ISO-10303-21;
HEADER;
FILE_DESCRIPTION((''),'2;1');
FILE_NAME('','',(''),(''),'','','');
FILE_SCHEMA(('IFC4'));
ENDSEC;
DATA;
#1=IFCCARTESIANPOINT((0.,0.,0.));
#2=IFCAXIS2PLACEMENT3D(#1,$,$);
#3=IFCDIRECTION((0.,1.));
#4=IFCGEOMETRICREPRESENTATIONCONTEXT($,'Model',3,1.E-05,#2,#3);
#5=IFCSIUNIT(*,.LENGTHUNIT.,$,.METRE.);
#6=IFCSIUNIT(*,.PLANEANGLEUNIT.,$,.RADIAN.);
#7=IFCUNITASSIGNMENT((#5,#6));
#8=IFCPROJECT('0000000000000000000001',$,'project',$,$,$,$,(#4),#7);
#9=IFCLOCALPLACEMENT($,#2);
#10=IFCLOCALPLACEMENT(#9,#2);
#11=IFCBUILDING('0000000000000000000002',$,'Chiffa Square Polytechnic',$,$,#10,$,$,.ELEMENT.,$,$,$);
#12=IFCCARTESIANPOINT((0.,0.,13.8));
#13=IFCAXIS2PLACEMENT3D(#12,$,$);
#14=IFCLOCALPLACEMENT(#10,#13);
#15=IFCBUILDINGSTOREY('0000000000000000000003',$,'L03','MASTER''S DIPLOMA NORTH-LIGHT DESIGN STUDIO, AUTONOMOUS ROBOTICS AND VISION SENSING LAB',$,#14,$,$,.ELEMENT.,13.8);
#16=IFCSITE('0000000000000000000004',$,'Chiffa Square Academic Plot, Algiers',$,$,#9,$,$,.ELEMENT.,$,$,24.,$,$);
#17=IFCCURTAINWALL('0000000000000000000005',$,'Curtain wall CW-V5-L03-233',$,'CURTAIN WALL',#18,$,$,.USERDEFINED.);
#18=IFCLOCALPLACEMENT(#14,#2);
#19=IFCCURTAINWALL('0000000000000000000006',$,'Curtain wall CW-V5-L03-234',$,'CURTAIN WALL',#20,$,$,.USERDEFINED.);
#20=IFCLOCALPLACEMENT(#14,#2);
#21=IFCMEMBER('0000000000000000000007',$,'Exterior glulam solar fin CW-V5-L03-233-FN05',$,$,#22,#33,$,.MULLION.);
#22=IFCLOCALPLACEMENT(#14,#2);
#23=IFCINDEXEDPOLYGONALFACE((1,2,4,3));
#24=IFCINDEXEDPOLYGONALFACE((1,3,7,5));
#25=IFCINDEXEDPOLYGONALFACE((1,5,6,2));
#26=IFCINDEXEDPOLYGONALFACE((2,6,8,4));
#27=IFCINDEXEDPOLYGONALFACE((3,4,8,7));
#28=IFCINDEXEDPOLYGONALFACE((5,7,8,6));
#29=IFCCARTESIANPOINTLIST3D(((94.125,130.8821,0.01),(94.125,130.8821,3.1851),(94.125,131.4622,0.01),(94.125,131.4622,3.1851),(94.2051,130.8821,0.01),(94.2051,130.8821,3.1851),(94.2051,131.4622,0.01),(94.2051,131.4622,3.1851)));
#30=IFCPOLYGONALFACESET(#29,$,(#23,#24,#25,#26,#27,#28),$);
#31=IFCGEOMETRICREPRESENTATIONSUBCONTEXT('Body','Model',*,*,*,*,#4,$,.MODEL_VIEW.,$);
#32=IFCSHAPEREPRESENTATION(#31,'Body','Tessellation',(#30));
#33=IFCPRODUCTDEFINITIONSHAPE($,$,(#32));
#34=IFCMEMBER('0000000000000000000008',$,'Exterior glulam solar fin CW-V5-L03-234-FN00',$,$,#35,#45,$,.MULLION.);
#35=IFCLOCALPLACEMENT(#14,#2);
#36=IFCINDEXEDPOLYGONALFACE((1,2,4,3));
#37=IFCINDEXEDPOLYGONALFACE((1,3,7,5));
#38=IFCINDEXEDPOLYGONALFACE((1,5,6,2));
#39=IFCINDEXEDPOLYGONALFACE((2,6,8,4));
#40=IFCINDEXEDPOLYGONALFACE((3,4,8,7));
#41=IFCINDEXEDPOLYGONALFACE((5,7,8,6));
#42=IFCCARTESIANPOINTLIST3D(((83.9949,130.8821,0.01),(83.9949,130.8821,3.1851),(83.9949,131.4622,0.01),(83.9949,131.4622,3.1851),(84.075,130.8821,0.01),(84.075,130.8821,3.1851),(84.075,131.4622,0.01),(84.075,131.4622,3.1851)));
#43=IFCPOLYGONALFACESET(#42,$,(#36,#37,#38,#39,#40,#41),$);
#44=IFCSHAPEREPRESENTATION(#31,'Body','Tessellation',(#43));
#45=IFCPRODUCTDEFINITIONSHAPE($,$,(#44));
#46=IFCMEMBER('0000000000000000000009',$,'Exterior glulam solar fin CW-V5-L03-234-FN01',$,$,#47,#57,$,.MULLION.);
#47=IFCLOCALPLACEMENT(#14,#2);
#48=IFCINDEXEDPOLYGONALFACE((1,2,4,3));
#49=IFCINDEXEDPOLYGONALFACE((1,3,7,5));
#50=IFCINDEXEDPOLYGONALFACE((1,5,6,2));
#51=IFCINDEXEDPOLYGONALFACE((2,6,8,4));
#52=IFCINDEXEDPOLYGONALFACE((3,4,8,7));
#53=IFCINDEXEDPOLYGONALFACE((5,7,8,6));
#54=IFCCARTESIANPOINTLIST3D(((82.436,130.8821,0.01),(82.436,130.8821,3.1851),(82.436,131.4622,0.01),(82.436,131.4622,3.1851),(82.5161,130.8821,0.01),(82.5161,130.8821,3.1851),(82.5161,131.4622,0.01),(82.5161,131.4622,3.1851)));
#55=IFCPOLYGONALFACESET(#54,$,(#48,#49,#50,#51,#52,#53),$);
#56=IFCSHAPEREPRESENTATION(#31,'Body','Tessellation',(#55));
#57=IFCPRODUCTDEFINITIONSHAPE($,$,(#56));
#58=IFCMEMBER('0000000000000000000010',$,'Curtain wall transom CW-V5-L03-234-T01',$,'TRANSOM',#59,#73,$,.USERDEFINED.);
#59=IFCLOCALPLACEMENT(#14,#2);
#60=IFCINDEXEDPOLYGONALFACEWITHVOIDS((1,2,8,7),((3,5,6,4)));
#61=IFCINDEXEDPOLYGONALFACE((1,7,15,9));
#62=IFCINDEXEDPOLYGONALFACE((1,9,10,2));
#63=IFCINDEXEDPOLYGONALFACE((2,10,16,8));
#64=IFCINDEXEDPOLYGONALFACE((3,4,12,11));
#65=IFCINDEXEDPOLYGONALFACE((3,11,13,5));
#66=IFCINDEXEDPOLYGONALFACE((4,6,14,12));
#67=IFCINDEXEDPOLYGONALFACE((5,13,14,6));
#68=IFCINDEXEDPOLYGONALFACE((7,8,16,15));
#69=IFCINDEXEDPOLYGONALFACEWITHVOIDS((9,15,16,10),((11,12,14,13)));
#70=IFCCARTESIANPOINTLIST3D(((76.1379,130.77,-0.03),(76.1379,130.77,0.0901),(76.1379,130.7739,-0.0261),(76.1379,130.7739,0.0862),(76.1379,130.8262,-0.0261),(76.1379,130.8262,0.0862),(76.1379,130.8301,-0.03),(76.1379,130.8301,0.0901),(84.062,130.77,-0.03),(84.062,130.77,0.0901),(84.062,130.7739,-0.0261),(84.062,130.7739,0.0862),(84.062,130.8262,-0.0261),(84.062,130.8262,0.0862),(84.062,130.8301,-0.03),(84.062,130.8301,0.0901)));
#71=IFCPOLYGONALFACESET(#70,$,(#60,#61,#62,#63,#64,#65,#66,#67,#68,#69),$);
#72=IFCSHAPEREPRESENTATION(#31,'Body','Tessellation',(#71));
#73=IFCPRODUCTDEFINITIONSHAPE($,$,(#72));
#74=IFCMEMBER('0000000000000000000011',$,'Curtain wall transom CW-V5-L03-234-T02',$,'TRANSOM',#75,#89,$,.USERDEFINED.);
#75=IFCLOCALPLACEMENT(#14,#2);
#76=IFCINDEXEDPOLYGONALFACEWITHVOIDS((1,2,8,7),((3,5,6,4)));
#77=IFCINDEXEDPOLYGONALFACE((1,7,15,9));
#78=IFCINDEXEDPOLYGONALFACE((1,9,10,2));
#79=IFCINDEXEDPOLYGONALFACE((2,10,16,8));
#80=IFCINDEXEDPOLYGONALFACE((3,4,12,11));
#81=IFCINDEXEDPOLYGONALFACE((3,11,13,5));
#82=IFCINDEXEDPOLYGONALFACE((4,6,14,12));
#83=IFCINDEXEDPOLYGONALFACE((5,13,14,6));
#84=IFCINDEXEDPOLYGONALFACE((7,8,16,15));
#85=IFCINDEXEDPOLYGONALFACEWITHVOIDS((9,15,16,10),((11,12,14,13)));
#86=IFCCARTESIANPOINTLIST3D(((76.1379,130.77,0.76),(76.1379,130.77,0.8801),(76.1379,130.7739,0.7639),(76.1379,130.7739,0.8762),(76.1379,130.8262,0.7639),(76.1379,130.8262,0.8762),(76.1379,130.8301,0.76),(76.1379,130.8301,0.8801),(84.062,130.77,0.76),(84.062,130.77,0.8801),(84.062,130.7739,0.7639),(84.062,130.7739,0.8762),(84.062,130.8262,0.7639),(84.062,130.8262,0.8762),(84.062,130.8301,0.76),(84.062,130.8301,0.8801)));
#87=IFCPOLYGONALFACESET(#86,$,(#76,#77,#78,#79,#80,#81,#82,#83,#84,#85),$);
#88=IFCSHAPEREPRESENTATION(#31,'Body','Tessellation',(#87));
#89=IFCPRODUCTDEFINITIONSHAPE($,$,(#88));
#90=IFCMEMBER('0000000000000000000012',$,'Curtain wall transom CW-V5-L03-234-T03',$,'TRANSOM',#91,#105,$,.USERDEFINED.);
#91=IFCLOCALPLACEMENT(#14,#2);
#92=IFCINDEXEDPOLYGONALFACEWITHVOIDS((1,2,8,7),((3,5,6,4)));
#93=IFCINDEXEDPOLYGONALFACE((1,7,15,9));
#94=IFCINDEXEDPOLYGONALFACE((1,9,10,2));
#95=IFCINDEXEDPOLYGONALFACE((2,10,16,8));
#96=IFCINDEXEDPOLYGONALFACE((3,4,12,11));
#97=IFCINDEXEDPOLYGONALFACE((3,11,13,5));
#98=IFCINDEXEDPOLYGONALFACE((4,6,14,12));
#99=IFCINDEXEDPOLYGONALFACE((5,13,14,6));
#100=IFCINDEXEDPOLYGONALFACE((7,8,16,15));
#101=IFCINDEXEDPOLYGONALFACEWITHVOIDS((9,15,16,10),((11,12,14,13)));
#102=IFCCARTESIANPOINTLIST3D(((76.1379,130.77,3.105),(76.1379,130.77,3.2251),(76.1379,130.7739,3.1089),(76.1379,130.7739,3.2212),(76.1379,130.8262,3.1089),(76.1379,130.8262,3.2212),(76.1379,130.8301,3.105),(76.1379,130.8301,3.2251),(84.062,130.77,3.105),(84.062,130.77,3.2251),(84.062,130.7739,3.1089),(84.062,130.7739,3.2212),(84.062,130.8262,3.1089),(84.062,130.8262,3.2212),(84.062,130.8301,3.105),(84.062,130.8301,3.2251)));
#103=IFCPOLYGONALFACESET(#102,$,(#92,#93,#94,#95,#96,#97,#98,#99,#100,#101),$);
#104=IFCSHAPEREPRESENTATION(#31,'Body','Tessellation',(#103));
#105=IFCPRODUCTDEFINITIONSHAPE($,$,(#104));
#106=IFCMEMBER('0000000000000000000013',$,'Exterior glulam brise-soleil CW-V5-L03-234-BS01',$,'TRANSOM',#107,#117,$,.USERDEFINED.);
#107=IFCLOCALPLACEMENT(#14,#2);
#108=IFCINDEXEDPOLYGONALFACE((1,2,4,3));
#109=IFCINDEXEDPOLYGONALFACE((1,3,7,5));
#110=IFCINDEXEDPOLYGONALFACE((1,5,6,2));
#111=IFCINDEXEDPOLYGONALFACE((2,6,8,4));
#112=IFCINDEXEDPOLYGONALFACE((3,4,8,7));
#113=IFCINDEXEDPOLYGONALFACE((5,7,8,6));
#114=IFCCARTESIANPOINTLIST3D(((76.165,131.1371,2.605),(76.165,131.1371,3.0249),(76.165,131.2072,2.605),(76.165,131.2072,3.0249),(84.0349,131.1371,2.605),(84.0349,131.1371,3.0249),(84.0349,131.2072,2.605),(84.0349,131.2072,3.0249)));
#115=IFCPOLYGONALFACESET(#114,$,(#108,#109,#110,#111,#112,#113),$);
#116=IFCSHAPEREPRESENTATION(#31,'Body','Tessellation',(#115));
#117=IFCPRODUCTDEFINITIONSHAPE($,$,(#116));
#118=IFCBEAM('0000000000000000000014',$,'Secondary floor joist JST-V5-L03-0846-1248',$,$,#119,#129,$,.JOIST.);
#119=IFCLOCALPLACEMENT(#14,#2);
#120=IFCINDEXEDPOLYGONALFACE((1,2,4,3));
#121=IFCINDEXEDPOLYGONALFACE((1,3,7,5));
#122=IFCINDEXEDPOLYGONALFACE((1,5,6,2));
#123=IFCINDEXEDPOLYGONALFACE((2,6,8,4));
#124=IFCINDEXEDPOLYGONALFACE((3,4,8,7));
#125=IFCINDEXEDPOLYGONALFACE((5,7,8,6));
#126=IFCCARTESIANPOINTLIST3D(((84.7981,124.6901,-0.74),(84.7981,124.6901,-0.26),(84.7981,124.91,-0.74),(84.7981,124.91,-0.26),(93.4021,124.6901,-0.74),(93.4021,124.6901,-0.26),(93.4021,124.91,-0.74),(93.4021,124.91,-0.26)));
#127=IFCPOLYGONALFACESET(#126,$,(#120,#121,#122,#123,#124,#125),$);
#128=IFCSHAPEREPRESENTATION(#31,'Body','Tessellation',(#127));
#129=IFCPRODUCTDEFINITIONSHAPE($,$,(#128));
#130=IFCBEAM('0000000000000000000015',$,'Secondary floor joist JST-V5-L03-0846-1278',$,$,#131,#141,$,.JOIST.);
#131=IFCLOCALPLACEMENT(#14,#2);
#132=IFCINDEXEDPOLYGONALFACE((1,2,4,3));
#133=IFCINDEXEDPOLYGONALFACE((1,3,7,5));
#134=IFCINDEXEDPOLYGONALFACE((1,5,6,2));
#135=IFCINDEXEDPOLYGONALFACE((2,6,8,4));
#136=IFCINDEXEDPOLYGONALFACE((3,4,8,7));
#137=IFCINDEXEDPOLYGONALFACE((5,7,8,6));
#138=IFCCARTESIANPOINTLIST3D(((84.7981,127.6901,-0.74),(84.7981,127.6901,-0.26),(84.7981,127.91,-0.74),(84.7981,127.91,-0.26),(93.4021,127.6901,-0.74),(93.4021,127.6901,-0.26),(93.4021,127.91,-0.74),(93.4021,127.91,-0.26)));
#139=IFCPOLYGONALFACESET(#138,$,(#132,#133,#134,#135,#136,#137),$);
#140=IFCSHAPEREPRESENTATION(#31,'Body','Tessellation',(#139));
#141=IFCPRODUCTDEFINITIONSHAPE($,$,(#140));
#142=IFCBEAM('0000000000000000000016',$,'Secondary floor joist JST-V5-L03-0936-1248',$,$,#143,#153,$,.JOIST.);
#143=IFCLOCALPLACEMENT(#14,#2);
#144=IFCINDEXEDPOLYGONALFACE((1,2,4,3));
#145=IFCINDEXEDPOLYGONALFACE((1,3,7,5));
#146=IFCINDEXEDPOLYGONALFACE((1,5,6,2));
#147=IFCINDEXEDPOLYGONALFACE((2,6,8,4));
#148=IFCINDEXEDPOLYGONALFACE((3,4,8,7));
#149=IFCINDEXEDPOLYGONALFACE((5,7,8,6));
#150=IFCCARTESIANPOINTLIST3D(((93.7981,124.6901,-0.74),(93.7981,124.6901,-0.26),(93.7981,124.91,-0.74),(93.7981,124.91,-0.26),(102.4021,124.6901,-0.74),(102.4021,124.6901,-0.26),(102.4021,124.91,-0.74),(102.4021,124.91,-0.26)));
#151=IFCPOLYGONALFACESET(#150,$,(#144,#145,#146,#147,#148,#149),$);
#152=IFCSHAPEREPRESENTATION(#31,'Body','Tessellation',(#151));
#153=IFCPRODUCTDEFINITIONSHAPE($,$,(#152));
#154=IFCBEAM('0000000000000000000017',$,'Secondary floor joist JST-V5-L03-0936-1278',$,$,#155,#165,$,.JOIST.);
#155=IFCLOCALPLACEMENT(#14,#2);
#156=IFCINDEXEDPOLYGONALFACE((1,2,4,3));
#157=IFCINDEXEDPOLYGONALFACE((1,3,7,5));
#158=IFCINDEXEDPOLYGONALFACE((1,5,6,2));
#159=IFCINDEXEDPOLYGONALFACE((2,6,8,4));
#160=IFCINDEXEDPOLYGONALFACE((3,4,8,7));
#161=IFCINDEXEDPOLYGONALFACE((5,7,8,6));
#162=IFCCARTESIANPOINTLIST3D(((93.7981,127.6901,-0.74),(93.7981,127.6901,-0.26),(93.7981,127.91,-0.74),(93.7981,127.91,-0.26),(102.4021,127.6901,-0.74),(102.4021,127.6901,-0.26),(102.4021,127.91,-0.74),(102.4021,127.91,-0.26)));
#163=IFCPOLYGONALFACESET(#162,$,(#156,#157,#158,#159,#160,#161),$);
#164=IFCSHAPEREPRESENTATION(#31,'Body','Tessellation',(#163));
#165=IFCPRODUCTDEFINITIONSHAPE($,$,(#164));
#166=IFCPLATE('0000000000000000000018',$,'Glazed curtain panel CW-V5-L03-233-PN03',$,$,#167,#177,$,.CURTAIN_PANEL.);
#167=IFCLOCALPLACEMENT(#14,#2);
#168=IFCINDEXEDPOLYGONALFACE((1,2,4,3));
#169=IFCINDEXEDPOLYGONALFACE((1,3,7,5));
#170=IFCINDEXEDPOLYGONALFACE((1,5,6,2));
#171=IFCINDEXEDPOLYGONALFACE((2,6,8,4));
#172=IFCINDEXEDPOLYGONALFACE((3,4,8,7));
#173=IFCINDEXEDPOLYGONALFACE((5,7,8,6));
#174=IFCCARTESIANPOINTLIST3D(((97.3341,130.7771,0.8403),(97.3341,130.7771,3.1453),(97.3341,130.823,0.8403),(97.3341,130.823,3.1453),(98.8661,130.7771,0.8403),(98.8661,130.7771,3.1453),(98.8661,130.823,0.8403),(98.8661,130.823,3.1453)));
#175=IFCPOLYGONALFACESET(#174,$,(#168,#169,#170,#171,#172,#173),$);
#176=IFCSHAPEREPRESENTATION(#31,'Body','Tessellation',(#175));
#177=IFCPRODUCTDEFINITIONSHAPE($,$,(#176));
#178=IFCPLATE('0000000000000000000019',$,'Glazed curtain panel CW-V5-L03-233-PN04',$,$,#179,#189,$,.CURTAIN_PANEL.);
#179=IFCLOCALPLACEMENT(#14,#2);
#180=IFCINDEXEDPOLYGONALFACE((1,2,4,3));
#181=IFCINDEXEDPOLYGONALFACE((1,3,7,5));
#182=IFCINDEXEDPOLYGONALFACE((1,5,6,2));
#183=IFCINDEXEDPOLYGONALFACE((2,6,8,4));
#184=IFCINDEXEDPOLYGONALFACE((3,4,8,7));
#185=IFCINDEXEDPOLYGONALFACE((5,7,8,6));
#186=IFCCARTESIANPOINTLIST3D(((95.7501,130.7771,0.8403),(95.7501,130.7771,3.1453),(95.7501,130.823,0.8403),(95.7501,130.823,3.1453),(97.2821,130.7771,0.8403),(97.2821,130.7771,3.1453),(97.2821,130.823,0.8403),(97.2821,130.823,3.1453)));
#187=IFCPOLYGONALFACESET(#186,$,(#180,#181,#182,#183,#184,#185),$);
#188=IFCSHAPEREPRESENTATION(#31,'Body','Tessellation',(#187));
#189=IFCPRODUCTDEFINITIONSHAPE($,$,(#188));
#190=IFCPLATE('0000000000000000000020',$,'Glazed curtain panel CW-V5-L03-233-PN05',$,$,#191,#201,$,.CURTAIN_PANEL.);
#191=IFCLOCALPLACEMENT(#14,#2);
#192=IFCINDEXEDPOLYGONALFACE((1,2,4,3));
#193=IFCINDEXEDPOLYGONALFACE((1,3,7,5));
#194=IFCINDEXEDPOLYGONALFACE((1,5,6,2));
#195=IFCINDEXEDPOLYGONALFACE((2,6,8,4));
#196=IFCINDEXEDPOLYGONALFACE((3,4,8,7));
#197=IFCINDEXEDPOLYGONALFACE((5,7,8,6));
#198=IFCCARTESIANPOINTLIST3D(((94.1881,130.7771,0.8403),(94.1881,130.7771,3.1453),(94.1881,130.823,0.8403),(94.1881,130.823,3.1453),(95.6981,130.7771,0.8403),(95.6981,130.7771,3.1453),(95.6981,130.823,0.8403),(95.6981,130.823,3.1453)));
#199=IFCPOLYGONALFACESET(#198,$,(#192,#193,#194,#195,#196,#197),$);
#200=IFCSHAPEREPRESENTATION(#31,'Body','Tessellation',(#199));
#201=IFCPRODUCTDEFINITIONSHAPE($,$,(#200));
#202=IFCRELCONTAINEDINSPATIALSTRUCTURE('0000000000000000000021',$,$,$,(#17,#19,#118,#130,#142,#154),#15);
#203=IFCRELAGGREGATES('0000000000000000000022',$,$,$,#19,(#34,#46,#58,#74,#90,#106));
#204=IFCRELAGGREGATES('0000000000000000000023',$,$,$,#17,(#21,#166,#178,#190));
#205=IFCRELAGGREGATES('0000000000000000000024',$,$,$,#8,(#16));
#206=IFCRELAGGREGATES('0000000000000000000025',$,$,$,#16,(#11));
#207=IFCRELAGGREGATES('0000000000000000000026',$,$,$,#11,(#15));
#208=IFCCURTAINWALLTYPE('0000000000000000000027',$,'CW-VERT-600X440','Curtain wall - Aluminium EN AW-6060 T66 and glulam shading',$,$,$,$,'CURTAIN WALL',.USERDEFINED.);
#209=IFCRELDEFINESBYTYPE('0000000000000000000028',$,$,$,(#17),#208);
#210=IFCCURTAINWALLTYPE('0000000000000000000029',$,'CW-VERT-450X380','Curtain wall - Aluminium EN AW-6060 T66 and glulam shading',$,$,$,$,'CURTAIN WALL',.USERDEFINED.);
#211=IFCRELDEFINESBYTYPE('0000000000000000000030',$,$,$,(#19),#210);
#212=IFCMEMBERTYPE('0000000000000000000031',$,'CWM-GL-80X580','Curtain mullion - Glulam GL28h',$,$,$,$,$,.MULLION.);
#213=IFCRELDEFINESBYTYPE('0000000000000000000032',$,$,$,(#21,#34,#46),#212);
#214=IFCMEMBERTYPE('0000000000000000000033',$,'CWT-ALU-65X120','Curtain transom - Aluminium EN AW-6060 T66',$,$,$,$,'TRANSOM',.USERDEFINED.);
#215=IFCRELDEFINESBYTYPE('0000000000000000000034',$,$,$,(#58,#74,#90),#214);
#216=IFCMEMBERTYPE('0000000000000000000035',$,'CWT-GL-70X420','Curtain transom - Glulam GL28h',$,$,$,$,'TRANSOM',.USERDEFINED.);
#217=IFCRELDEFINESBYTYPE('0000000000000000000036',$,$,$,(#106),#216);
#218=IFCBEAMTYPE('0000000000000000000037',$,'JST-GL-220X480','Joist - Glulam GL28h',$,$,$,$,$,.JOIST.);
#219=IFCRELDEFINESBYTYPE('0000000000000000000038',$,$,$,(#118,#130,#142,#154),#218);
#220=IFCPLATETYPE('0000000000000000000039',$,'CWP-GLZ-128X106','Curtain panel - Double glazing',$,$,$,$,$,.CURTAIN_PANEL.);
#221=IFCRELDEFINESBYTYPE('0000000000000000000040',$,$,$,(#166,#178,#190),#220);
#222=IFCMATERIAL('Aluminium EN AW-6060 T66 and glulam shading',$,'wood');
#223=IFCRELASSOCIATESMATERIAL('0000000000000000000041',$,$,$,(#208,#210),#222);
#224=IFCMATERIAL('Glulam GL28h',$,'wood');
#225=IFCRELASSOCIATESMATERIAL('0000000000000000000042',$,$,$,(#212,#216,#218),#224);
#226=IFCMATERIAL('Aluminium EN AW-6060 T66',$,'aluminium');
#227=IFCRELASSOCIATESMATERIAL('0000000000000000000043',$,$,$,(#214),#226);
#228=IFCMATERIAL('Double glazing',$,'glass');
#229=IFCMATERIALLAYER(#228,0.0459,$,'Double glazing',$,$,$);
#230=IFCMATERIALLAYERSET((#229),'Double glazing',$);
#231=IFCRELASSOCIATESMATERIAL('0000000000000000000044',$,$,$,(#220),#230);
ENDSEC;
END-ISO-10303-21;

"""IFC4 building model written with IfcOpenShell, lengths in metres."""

from ifc_helpers import new_model, si_unit, direction, frame, origin, origin_2d, place, context, subcontext, project, spatial, rectangle, hollow_rectangle, extrude, material, layer, layer_set, material_profile, profile_set, type_object, element, aggregate, save


model = new_model("IFC4")

# Units and contexts
model_context = context("Model", 3, precision=1e-05, world=origin(), true_north=direction((0.0, 1.0)))
body_context = subcontext(model_context, "Body", "Model", "MODEL_VIEW")
ifc_project = project(units=[si_unit("LENGTHUNIT", "METRE"), si_unit("PLANEANGLEUNIT", "RADIAN")], contexts=[model_context])

# Site, building, storey
site_placement = place(None, origin())
site = spatial("IfcSite", under=ifc_project, at=site_placement, Name="Chiffa Square Academic Plot, Algiers", CompositionType="ELEMENT", RefElevation=24.0)
building_placement = place(site_placement, origin())
building = spatial("IfcBuilding", under=site, at=building_placement, Name="Chiffa Square Polytechnic", CompositionType="ELEMENT")
storey_placement = place(building_placement, frame((0.0, 0.0, 13.8)))
storey = spatial("IfcBuildingStorey", under=building, at=storey_placement, Name="L03", Description="MASTER'S DIPLOMA NORTH-LIGHT DESIGN STUDIO, AUTONOMOUS ROBOTICS AND VISION SENSING LAB", CompositionType="ELEMENT", Elevation=13.8)

# Curtain walls
ifc_material_1 = material(Name="Aluminium EN AW-6060 T66 and glulam shading", Category="wood")
curtain_wall_type_1 = type_object("IfcCurtainWallType", Name="CW-VERT-600X440", Description="Curtain wall - Aluminium EN AW-6060 T66 and glulam shading", ElementType="CURTAIN WALL", PredefinedType="USERDEFINED", material=ifc_material_1)
curtain_wall_1_placement = place(storey_placement, origin())
curtain_wall_1 = element("IfcCurtainWall", 1, at=curtain_wall_1_placement, inside=storey, type_object=curtain_wall_type_1, Name="Curtain wall CW-V5-L03-233", ObjectType="CURTAIN WALL", PredefinedType="USERDEFINED")
ifc_material_2 = material(Name="Aluminium EN AW-6060 T66", Category="aluminium")
curtain_wall_type_2 = type_object("IfcCurtainWallType", Name="CW-VERT-450X380", Description="Curtain wall - Aluminium EN AW-6060 T66 and glulam shading", ElementType="CURTAIN WALL", PredefinedType="USERDEFINED", material=ifc_material_1)
curtain_wall_2_placement = place(storey_placement, origin())
curtain_wall_2 = element("IfcCurtainWall", 2, at=curtain_wall_2_placement, inside=storey, type_object=curtain_wall_type_2, Name="Curtain wall CW-V5-L03-234", ObjectType="CURTAIN WALL", PredefinedType="USERDEFINED")

# Members
ifc_material_3 = material(Name="Glulam GL28h", Category="wood")
ifc_material_profile_1 = material_profile(ifc_material_3, rectangle(XDim=0.0801, YDim=0.5801, at=origin_2d()), Name="GL28h 80x580")
ifc_profile_set_1 = profile_set([ifc_material_profile_1], Name="Glulam GL28h")
member_type_1 = type_object("IfcMemberType", Name="CWM-GL-80X580", Description="Curtain mullion - Glulam GL28h", PredefinedType="MULLION", material=ifc_profile_set_1)
member_1_placement = place(storey_placement, frame((94.165, 131.1721, 0.01), z_axis=(0.0, 0.0, 1.0), x_axis=(-1.0, 0.0, 0.0)))
member_1 = element("IfcMember", 3, at=member_1_placement, type_object=member_type_1, Name="Exterior glulam solar fin CW-V5-L03-233-FN05", PredefinedType="MULLION", context=body_context, shape_type="SweptSolid", body=[
    extrude(rectangle(XDim=0.0801, YDim=0.5801, at=origin_2d()), origin(), (0.0, 0.0, 1.0), 3.175),
])
member_2_placement = place(storey_placement, frame((84.0349, 131.1721, 0.01), z_axis=(0.0, 0.0, 1.0), x_axis=(-1.0, 0.0, 0.0)))
member_2 = element("IfcMember", 4, at=member_2_placement, type_object=member_type_1, Name="Exterior glulam solar fin CW-V5-L03-234-FN00", PredefinedType="MULLION", context=body_context, shape_type="SweptSolid", body=[
    extrude(rectangle(XDim=0.0801, YDim=0.5801, at=origin_2d()), origin(), (0.0, 0.0, 1.0), 3.175),
])
member_3_placement = place(storey_placement, frame((82.4761, 131.1721, 0.01), z_axis=(0.0, 0.0, 1.0), x_axis=(-1.0, 0.0, 0.0)))
member_3 = element("IfcMember", 5, at=member_3_placement, type_object=member_type_1, Name="Exterior glulam solar fin CW-V5-L03-234-FN01", PredefinedType="MULLION", context=body_context, shape_type="SweptSolid", body=[
    extrude(rectangle(XDim=0.0801, YDim=0.5801, at=origin_2d()), origin(), (0.0, 0.0, 1.0), 3.175),
])
ifc_material_profile_2 = material_profile(ifc_material_2, hollow_rectangle(XDim=0.0601, YDim=0.1201, WallThickness=0.0039, at=origin_2d()), Name="ALU 60x120x4")
ifc_profile_set_2 = profile_set([ifc_material_profile_2], Name="Aluminium EN AW-6060 T66")
member_type_2 = type_object("IfcMemberType", Name="CWT-ALU-65X120", Description="Curtain transom - Aluminium EN AW-6060 T66", ElementType="TRANSOM", PredefinedType="USERDEFINED", material=ifc_profile_set_2)
member_4_placement = place(storey_placement, frame((84.062, 130.8, 0.03), z_axis=(-1.0, 0.0, 0.0), x_axis=(0.0, -1.0, 0.0)))
member_4 = element("IfcMember", 6, at=member_4_placement, type_object=member_type_2, Name="Curtain wall transom CW-V5-L03-234-T01", ObjectType="TRANSOM", PredefinedType="USERDEFINED", context=body_context, shape_type="SweptSolid", body=[
    extrude(hollow_rectangle(XDim=0.0601, YDim=0.1201, WallThickness=0.0039, at=origin_2d()), origin(), (0.0, 0.0, 1.0), 7.9241),
])
member_5_placement = place(storey_placement, frame((84.062, 130.8, 0.8201), z_axis=(-1.0, 0.0, 0.0), x_axis=(0.0, -1.0, 0.0)))
member_5 = element("IfcMember", 7, at=member_5_placement, type_object=member_type_2, Name="Curtain wall transom CW-V5-L03-234-T02", ObjectType="TRANSOM", PredefinedType="USERDEFINED", context=body_context, shape_type="SweptSolid", body=[
    extrude(hollow_rectangle(XDim=0.0601, YDim=0.1201, WallThickness=0.0039, at=origin_2d()), origin(), (0.0, 0.0, 1.0), 7.9241),
])
member_6_placement = place(storey_placement, frame((84.062, 130.8, 3.165), z_axis=(-1.0, 0.0, 0.0), x_axis=(0.0, -1.0, 0.0)))
member_6 = element("IfcMember", 8, at=member_6_placement, type_object=member_type_2, Name="Curtain wall transom CW-V5-L03-234-T03", ObjectType="TRANSOM", PredefinedType="USERDEFINED", context=body_context, shape_type="SweptSolid", body=[
    extrude(hollow_rectangle(XDim=0.0601, YDim=0.1201, WallThickness=0.0039, at=origin_2d()), origin(), (0.0, 0.0, 1.0), 7.9241),
])
ifc_material_profile_3 = material_profile(ifc_material_3, rectangle(XDim=0.0701, YDim=0.4199, at=origin_2d()), Name="GL28h 70x420")
ifc_profile_set_3 = profile_set([ifc_material_profile_3], Name="Glulam GL28h")
member_type_3 = type_object("IfcMemberType", Name="CWT-GL-70X420", Description="Curtain transom - Glulam GL28h", ElementType="TRANSOM", PredefinedType="USERDEFINED", material=ifc_profile_set_3)
member_7_placement = place(storey_placement, frame((84.0349, 131.1721, 2.8149), z_axis=(-1.0, 0.0, 0.0), x_axis=(0.0, -1.0, 0.0)))
member_7 = element("IfcMember", 9, at=member_7_placement, type_object=member_type_3, Name="Exterior glulam brise-soleil CW-V5-L03-234-BS01", ObjectType="TRANSOM", PredefinedType="USERDEFINED", context=body_context, shape_type="SweptSolid", body=[
    extrude(rectangle(XDim=0.0701, YDim=0.4199, at=origin_2d()), origin(), (0.0, 0.0, 1.0), 7.8699),
])

# Beams
ifc_material_profile_4 = material_profile(ifc_material_3, rectangle(XDim=0.22, YDim=0.48, at=origin_2d()), Name="GL28h 220x480")
ifc_profile_set_4 = profile_set([ifc_material_profile_4], Name="Glulam GL28h")
beam_type_1 = type_object("IfcBeamType", Name="JST-GL-220X480", Description="Joist - Glulam GL28h", PredefinedType="JOIST", material=ifc_profile_set_4)
for number, where, z_axis, x_axis, name in (
    (10, (84.7981, 124.8, -0.5), (1.0, 0.0, 0.0), (0.0, 1.0, 0.0), "Secondary floor joist JST-V5-L03-0846-1248"),
    (11, (84.7981, 127.8, -0.5), (1.0, 0.0, 0.0), (0.0, 1.0, 0.0), "Secondary floor joist JST-V5-L03-0846-1278"),
    (12, (93.7981, 124.8, -0.5), (1.0, 0.0, 0.0), (0.0, 1.0, 0.0), "Secondary floor joist JST-V5-L03-0936-1248"),
    (13, (93.7981, 127.8, -0.5), (1.0, 0.0, 0.0), (0.0, 1.0, 0.0), "Secondary floor joist JST-V5-L03-0936-1278"),
):
    element("IfcBeam", number, at=place(storey_placement, frame(where, z_axis=z_axis, x_axis=x_axis)), inside=storey, type_object=beam_type_1, Name=name, PredefinedType="JOIST", context=body_context, shape_type="SweptSolid", body=[
        extrude(rectangle(XDim=0.22, YDim=0.48, at=origin_2d()), origin(), (0.0, 0.0, 1.0), 8.604),
    ])

# Plates
ifc_material_4 = material(Name="Double glazing", Category="glass")
ifc_layer_1 = layer(ifc_material_4, 0.0459, Name="Double glazing")
ifc_layer_set_1 = layer_set([ifc_layer_1], Name="Double glazing")
plate_type_1 = type_object("IfcPlateType", Name="CWP-GLZ-128X106", Description="Curtain panel - Double glazing", PredefinedType="CURTAIN_PANEL", material=ifc_layer_set_1)
plate_1_placement = place(storey_placement, frame((98.1001, 130.8, 0.8403), z_axis=(0.0, 0.0, 1.0), x_axis=(-1.0, 0.0, 0.0)))
plate_1 = element("IfcPlate", 14, at=plate_1_placement, type_object=plate_type_1, Name="Glazed curtain panel CW-V5-L03-233-PN03", PredefinedType="CURTAIN_PANEL", context=body_context, shape_type="SweptSolid", body=[
    extrude(rectangle(XDim=1.532, YDim=0.0459, at=origin_2d()), origin(), (0.0, 0.0, 1.0), 2.3049),
])
plate_2_placement = place(storey_placement, frame((96.5161, 130.8, 0.8403), z_axis=(0.0, 0.0, 1.0), x_axis=(-1.0, 0.0, 0.0)))
plate_2 = element("IfcPlate", 15, at=plate_2_placement, type_object=plate_type_1, Name="Glazed curtain panel CW-V5-L03-233-PN04", PredefinedType="CURTAIN_PANEL", context=body_context, shape_type="SweptSolid", body=[
    extrude(rectangle(XDim=1.532, YDim=0.0459, at=origin_2d()), origin(), (0.0, 0.0, 1.0), 2.3049),
])
plate_3_placement = place(storey_placement, frame((94.9431, 130.8, 0.8403), z_axis=(0.0, 0.0, 1.0), x_axis=(-1.0, 0.0, 0.0)))
plate_3 = element("IfcPlate", 16, at=plate_3_placement, type_object=plate_type_1, Name="Glazed curtain panel CW-V5-L03-233-PN05", PredefinedType="CURTAIN_PANEL", context=body_context, shape_type="SweptSolid", body=[
    extrude(rectangle(XDim=1.51, YDim=0.0459, at=origin_2d()), origin(), (0.0, 0.0, 1.0), 2.3049),
])
aggregate(curtain_wall_2, [member_2, member_3, member_4, member_5, member_6, member_7])
aggregate(curtain_wall_1, [member_1, plate_1, plate_2, plate_3])

save(model, "model.ifc")
